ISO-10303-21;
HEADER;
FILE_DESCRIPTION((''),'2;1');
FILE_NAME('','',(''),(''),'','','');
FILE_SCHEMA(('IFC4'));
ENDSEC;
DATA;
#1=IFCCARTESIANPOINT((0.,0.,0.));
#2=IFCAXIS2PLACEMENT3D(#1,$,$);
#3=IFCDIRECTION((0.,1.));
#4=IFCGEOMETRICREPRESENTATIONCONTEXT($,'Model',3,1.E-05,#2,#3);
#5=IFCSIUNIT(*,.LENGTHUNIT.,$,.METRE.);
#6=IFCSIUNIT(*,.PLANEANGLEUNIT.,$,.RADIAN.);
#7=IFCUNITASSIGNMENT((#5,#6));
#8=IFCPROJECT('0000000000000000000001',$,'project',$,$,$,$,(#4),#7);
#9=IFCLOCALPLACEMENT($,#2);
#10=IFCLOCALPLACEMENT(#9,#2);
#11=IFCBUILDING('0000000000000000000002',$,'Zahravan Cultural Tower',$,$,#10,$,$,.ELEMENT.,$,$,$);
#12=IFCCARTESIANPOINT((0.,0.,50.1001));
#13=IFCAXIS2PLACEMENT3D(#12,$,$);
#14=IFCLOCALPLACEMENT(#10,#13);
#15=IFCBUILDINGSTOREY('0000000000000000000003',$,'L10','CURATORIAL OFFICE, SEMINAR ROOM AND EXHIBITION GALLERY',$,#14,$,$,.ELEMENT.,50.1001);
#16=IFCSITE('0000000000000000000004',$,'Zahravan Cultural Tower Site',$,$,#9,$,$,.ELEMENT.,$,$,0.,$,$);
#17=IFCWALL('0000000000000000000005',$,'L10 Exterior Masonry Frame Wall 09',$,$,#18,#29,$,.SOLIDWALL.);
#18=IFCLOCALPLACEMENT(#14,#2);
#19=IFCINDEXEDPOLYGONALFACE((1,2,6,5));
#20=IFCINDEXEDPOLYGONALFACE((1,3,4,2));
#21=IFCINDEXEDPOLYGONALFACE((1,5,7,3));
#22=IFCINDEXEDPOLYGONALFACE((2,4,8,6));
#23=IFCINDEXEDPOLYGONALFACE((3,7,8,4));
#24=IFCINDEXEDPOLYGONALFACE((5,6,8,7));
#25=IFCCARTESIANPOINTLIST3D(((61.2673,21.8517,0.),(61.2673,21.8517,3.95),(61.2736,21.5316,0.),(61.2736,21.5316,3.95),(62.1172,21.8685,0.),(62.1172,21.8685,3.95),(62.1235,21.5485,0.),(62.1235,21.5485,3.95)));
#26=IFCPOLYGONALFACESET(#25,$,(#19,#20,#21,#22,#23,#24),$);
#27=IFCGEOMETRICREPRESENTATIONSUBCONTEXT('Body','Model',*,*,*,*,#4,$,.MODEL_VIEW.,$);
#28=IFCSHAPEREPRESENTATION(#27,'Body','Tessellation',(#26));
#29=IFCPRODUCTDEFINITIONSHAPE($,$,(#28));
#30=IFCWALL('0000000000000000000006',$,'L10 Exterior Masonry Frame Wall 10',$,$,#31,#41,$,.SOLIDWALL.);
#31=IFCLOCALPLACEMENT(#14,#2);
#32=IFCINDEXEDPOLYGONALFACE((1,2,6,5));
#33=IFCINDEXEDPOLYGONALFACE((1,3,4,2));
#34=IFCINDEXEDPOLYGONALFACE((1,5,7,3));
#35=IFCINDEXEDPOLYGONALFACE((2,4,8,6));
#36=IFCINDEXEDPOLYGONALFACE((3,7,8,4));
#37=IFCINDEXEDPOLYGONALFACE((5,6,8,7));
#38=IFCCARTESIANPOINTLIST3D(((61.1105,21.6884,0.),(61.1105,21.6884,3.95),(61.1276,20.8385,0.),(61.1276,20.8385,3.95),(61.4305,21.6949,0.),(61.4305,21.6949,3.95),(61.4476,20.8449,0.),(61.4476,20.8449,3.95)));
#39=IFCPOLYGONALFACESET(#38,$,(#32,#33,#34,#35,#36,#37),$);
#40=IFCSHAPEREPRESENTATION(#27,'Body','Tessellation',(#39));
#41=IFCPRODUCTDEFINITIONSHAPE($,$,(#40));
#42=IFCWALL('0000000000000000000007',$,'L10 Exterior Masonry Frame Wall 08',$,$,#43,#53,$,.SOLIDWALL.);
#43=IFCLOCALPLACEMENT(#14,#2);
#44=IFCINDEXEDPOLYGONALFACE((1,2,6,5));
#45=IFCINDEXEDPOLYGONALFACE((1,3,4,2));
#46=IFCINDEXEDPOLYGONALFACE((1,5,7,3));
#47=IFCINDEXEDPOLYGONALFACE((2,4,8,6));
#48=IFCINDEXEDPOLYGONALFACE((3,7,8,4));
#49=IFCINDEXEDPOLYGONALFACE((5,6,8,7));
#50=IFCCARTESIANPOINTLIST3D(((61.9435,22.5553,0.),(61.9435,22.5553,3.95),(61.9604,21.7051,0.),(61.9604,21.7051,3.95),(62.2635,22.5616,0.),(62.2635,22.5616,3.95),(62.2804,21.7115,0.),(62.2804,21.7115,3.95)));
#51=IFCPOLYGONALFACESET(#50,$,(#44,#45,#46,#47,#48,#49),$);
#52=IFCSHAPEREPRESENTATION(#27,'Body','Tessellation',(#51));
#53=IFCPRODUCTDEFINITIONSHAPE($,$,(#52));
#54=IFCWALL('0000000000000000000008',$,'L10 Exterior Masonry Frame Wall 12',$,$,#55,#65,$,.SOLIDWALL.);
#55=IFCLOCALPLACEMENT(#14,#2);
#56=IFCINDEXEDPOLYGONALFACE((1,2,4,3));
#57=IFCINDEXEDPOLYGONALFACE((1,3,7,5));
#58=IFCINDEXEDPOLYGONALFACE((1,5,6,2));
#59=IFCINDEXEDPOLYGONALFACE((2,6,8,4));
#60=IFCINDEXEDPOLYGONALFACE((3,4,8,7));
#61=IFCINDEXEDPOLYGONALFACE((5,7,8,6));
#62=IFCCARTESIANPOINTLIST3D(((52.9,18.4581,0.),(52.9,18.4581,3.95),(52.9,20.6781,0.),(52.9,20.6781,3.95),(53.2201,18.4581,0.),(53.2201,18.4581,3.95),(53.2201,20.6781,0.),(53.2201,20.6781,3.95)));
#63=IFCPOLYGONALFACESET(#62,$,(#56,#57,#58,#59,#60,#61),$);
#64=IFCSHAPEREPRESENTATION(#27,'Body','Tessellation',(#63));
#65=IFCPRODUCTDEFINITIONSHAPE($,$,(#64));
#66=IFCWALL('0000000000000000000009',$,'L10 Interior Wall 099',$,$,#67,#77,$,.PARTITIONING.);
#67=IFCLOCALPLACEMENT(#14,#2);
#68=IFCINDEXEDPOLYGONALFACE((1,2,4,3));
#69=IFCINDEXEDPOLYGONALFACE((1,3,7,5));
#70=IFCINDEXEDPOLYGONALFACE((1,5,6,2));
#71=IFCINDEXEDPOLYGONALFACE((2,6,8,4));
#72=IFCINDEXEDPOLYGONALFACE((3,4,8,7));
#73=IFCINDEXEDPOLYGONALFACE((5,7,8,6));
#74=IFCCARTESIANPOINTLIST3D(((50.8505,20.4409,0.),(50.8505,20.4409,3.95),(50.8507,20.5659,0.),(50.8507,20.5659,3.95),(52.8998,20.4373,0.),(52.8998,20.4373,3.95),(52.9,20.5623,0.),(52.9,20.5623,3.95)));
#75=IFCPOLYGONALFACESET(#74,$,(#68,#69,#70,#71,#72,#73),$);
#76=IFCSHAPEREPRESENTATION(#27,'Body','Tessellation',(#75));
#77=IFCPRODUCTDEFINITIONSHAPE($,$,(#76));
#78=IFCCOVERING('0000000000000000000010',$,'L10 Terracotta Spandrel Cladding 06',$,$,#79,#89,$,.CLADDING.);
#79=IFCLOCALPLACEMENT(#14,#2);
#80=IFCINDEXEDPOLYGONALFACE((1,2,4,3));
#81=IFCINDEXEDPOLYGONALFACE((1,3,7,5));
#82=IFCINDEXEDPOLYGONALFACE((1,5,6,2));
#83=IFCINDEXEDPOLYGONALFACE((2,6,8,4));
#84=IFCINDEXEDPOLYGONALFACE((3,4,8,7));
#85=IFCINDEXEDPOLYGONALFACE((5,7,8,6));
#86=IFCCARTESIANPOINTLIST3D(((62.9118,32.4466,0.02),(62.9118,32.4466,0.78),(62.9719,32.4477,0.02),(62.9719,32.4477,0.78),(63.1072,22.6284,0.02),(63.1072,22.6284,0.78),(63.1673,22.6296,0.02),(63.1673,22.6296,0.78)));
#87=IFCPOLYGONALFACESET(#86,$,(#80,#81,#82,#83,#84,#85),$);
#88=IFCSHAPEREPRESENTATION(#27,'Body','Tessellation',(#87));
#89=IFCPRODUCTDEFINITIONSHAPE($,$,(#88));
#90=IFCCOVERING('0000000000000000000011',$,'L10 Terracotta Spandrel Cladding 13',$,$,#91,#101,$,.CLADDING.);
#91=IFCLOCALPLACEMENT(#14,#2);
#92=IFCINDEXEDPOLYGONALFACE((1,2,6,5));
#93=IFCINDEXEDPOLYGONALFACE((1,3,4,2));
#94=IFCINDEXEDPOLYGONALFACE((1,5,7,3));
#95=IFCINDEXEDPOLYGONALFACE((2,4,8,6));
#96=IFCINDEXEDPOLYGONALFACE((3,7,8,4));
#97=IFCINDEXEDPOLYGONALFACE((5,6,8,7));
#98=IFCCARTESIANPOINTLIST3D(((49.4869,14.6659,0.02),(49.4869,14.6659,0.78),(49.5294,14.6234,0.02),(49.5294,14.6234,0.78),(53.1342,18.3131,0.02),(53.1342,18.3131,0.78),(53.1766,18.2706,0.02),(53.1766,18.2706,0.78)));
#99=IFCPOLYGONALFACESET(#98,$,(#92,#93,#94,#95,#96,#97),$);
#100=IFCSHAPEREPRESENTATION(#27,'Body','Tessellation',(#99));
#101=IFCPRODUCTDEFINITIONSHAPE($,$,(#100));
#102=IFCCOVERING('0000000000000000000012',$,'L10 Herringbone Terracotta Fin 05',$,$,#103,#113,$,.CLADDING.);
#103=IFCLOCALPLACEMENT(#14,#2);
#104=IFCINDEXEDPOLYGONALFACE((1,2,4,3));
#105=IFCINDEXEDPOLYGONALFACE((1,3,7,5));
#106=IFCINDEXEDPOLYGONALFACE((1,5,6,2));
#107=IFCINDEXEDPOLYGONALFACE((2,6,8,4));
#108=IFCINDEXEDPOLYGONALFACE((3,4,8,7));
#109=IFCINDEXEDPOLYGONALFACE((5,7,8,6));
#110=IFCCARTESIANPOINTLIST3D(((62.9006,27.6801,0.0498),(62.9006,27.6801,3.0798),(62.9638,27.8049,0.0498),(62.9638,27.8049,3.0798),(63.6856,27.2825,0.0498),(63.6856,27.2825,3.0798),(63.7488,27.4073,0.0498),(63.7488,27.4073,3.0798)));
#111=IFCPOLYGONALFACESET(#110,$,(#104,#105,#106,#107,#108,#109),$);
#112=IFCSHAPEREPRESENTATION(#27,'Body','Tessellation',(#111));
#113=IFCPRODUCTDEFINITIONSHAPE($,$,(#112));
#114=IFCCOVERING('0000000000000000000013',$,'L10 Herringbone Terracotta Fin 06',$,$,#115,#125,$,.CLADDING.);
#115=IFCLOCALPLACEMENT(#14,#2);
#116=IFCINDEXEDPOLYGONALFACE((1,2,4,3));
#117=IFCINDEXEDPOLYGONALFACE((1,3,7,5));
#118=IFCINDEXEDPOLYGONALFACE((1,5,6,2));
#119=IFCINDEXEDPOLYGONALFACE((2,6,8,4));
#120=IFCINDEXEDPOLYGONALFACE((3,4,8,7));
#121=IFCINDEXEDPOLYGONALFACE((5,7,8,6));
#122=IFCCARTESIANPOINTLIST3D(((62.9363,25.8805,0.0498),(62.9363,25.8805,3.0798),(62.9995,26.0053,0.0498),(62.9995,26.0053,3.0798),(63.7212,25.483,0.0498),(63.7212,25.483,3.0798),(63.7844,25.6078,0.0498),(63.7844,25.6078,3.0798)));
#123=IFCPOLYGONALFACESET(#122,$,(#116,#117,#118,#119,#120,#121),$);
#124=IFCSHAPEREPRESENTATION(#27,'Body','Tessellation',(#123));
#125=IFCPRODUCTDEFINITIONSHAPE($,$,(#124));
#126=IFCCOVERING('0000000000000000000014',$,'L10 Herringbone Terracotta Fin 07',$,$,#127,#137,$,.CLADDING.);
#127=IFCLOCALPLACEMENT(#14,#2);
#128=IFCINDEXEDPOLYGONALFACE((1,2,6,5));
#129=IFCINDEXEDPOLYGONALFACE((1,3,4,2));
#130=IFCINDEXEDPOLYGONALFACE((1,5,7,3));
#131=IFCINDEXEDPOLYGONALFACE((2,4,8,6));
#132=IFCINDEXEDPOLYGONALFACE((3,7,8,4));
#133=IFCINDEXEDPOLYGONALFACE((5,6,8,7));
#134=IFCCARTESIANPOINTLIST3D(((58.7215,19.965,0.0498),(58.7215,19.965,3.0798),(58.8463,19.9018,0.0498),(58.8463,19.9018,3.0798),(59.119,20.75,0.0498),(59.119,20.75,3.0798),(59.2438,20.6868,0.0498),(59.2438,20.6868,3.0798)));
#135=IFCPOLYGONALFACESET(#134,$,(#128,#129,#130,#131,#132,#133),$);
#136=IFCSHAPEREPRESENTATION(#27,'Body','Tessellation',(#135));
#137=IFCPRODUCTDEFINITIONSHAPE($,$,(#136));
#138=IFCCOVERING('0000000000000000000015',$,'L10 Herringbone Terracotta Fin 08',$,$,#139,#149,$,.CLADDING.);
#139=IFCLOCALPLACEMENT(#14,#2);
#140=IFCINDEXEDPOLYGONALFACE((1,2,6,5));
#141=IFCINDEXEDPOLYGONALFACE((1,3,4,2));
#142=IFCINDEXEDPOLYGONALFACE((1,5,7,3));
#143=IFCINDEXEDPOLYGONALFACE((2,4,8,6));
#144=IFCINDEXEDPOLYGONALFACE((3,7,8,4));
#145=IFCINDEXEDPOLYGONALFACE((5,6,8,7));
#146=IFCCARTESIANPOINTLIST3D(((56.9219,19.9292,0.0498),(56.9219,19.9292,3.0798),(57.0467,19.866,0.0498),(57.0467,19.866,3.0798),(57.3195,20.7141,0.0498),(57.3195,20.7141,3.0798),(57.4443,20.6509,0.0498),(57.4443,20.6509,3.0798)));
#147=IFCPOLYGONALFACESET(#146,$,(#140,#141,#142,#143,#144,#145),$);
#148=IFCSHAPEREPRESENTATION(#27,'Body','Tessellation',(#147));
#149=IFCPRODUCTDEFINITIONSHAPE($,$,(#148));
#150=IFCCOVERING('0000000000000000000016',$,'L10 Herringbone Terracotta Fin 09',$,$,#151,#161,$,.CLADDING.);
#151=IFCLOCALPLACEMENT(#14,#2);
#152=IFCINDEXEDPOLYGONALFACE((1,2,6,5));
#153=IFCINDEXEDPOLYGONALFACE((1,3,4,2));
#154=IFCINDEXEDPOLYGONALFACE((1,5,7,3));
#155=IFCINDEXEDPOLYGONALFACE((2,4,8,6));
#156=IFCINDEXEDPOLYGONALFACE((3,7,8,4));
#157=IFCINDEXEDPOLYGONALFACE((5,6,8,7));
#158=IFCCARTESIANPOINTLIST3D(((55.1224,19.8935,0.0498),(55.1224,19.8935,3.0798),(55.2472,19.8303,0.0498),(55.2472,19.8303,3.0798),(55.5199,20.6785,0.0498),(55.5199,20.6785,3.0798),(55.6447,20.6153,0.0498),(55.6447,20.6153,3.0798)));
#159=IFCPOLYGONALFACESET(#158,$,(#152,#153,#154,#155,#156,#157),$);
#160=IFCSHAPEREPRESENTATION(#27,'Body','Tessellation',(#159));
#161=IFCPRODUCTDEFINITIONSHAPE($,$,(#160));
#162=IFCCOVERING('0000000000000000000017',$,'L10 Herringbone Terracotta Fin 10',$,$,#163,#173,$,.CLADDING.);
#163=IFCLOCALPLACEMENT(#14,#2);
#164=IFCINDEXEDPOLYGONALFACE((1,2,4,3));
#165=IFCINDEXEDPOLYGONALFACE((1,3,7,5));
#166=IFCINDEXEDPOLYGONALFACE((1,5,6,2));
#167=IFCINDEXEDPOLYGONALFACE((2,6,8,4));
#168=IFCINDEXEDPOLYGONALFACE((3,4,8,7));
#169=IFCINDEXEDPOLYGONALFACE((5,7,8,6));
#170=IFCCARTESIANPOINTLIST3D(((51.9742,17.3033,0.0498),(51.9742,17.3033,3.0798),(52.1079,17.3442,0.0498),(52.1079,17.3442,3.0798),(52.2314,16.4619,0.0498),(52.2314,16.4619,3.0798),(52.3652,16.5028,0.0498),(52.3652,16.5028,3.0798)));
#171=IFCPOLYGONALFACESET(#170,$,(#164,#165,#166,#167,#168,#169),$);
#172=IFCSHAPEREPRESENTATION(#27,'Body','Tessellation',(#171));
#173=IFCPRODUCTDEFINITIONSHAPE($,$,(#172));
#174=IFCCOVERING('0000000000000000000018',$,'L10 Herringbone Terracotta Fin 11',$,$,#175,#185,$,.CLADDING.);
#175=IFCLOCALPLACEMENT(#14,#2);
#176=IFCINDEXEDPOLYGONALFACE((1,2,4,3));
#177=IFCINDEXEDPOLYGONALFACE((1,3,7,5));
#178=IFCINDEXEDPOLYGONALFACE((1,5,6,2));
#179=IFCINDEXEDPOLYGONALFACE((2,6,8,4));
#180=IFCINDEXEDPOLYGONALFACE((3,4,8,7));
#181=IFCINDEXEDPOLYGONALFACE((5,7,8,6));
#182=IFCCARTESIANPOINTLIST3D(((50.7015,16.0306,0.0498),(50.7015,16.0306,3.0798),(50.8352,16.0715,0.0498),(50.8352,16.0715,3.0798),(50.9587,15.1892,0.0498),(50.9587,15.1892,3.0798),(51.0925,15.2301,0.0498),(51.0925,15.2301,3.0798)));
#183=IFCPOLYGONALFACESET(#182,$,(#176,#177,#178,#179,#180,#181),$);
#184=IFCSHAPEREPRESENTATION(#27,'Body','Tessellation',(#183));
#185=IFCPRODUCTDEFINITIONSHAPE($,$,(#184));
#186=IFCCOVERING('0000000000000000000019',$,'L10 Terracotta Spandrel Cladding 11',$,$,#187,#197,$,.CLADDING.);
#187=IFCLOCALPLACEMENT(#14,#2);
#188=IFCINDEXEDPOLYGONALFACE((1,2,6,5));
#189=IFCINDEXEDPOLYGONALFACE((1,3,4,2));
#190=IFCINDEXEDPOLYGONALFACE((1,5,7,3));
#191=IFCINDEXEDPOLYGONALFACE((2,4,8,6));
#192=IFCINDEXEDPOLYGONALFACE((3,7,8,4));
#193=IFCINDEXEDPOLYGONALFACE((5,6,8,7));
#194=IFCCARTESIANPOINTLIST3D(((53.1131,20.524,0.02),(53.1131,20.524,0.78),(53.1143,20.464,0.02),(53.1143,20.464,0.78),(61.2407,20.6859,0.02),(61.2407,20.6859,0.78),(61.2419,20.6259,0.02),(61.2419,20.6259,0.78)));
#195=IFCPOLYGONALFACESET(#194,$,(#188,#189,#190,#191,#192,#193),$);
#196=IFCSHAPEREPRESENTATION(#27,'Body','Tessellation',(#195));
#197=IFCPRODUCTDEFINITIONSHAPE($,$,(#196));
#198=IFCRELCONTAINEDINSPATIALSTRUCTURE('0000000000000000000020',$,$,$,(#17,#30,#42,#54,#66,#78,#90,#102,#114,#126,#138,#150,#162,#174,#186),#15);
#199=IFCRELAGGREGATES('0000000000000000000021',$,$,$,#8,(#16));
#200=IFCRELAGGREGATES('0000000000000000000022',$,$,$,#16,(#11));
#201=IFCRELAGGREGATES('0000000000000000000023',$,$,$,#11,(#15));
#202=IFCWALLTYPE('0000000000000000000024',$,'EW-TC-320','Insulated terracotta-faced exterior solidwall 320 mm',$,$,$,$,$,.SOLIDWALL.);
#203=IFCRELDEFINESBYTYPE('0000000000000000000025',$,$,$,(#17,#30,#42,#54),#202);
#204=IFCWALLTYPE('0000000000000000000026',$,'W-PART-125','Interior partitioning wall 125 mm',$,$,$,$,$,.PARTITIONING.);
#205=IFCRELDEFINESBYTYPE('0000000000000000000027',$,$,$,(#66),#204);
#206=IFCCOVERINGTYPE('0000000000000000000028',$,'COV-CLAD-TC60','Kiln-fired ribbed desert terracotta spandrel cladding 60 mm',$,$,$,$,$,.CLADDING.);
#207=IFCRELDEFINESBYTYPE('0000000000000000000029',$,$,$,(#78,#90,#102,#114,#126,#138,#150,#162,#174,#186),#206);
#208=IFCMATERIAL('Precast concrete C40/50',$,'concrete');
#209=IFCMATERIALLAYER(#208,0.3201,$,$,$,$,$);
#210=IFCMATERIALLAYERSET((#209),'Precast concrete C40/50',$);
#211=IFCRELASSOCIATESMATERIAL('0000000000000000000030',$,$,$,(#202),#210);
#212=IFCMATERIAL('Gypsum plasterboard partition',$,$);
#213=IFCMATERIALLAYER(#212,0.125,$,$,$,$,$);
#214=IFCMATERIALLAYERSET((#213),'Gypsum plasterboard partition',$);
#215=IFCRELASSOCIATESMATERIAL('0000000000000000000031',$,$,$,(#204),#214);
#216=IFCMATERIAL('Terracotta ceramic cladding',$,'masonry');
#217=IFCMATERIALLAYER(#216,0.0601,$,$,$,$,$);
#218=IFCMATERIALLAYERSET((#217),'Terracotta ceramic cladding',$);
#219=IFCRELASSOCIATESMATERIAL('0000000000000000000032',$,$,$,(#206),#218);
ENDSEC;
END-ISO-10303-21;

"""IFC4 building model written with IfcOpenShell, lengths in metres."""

from ifc_helpers import new_model, si_unit, direction, frame, frame_2d, origin, origin_2d, place, context, subcontext, project, spatial, rectangle, extrude, source, transform, mapped, material, layer, layer_set, type_object, element, save


model = new_model("IFC4")

# Units and contexts
model_context = context("Model", 3, precision=1e-05, world=origin(), true_north=direction((0.0, 1.0)))
body_context = subcontext(model_context, "Body", "Model", "MODEL_VIEW")
ifc_project = project(units=[si_unit("LENGTHUNIT", "METRE"), si_unit("PLANEANGLEUNIT", "RADIAN")], contexts=[model_context])

# Site, building, storey
site_placement = place(None, origin())
site = spatial("IfcSite", under=ifc_project, at=site_placement, Name="Zahravan Cultural Tower Site", CompositionType="ELEMENT", RefElevation=0.0)
building_placement = place(site_placement, origin())
building = spatial("IfcBuilding", under=site, at=building_placement, Name="Zahravan Cultural Tower", CompositionType="ELEMENT")
storey_placement = place(building_placement, frame((0.0, 0.0, 50.1001)))
storey = spatial("IfcBuildingStorey", under=building, at=storey_placement, Name="L10", Description="CURATORIAL OFFICE, SEMINAR ROOM AND EXHIBITION GALLERY", CompositionType="ELEMENT", Elevation=50.1001)

# Shared definitions
ifc_material_1 = material(Name="Precast concrete C40/50", Category="concrete")
ifc_layer_1 = layer(ifc_material_1, 0.3201)
ifc_layer_set_1 = layer_set([ifc_layer_1], Name="Precast concrete C40/50")
wall_type_1 = type_object("IfcWallType", Name="EW-TC-320", Description="Insulated terracotta-faced exterior solidwall 320 mm", PredefinedType="SOLIDWALL", material=ifc_layer_set_1)

# Shared definitions
ifc_material_2 = material(Name="Gypsum plasterboard partition")
ifc_layer_2 = layer(ifc_material_2, 0.125)
ifc_layer_set_2 = layer_set([ifc_layer_2], Name="Gypsum plasterboard partition")
wall_type_2 = type_object("IfcWallType", Name="W-PART-125", Description="Interior partitioning wall 125 mm", PredefinedType="PARTITIONING", material=ifc_layer_set_2)

# Walls
shared_shape_1 = source(origin(), body_context, "Body", "SweptSolid", [
    extrude(rectangle(XDim=0.8501, YDim=0.3201, at=frame_2d((0.425, 0.0))), origin(), (0.0, 0.0, 1.0), 3.95),
])
for number, where, z_axis, x_axis, name in (
    (1, (62.1204, 21.7085, 0.0), (0.0, 0.0, 1.0), (-0.999804, -0.019818, 0.0), "L10 Exterior Masonry Frame Wall 09"),
    (2, (61.2705, 21.6917, 0.0), (0.0, 0.0, 1.0), (0.020105, -0.999798, 0.0), "L10 Exterior Masonry Frame Wall 10"),
):
    element("IfcWall", number, at=place(storey_placement, frame(where, z_axis=z_axis, x_axis=x_axis)), inside=storey, type_object=wall_type_1, Name=name, PredefinedType="SOLIDWALL", context=body_context, shape_type="MappedRepresentation", body=[
        mapped(shared_shape_1, transform((0.0, 0.0, 0.0), x_axis=(1.0, 0.0, 0.0), y_axis=(0.0, 1.0, 0.0), z_axis=(0.0, 0.0, 1.0), scale=1.0)),
    ])
shared_shape_2 = source(origin(), body_context, "Body", "SweptSolid", [
    extrude(rectangle(XDim=0.8503, YDim=0.3201, at=frame_2d((0.4253, 0.0))), origin(), (0.0, 0.0, 1.0), 3.95),
])
wall_1_placement = place(storey_placement, frame((62.1035, 22.5586, 0.0), z_axis=(0.0, 0.0, 1.0), x_axis=(0.019812, -0.999804, 0.0)))
element("IfcWall", 3, at=wall_1_placement, inside=storey, type_object=wall_type_1, Name="L10 Exterior Masonry Frame Wall 08", PredefinedType="SOLIDWALL", context=body_context, shape_type="MappedRepresentation", body=[
    mapped(shared_shape_2, transform((0.0, 0.0, 0.0), x_axis=(1.0, 0.0, 0.0), y_axis=(0.0, 1.0, 0.0), z_axis=(0.0, 0.0, 1.0), scale=1.0)),
])
shared_shape_3 = source(origin(), body_context, "Body", "SweptSolid", [
    extrude(rectangle(XDim=2.22, YDim=0.3201, at=frame_2d((1.1099, 0.0))), origin(), (0.0, 0.0, 1.0), 3.95),
])
wall_2_placement = place(storey_placement, frame((53.0601, 20.678, 0.0), z_axis=(0.0, 0.0, 1.0), x_axis=(0.0, -1.0, 0.0)))
element("IfcWall", 4, at=wall_2_placement, inside=storey, type_object=wall_type_1, Name="L10 Exterior Masonry Frame Wall 12", PredefinedType="SOLIDWALL", context=body_context, shape_type="MappedRepresentation", body=[
    mapped(shared_shape_3, transform((0.0, 0.0, 0.0), x_axis=(1.0, 0.0, 0.0), y_axis=(0.0, 1.0, 0.0), z_axis=(0.0, 0.0, 1.0), scale=1.0)),
])
shared_shape_4 = source(origin(), body_context, "Body", "SweptSolid", [
    extrude(rectangle(XDim=2.0493, YDim=0.125, at=frame_2d((1.0247, 0.0))), origin(), (0.0, 0.0, 1.0), 3.95),
])
wall_3_placement = place(storey_placement, frame((50.8506, 20.5034, 0.0), z_axis=(0.0, 0.0, 1.0), x_axis=(0.999998, -0.001787, 0.0)))
element("IfcWall", 5, at=wall_3_placement, inside=storey, type_object=wall_type_2, Name="L10 Interior Wall 099", PredefinedType="PARTITIONING", context=body_context, shape_type="MappedRepresentation", body=[
    mapped(shared_shape_4, transform((0.0, 0.0, 0.0), x_axis=(1.0, 0.0, 0.0), y_axis=(0.0, 1.0, 0.0), z_axis=(0.0, 0.0, 1.0), scale=1.0)),
])

# Coverings
ifc_material_3 = material(Name="Terracotta ceramic cladding", Category="masonry")
ifc_layer_3 = layer(ifc_material_3, 0.0601)
ifc_layer_set_3 = layer_set([ifc_layer_3], Name="Terracotta ceramic cladding")
covering_type = type_object("IfcCoveringType", Name="COV-CLAD-TC60", Description="Kiln-fired ribbed desert terracotta spandrel cladding 60 mm", PredefinedType="CLADDING", material=ifc_layer_set_3)
shared_shape_5 = source(origin(), body_context, "Body", "SweptSolid", [
    extrude(rectangle(XDim=9.8201, YDim=0.0601, at=origin_2d()), origin(), (0.0, 0.0, 1.0), 0.76),
])
covering_1_placement = place(storey_placement, frame((63.0396, 27.5381, 0.02), z_axis=(0.0, 0.0, 1.0), x_axis=(0.019895, -0.999802, 0.0)))
element("IfcCovering", 6, at=covering_1_placement, inside=storey, type_object=covering_type, Name="L10 Terracotta Spandrel Cladding 06", PredefinedType="CLADDING", context=body_context, shape_type="MappedRepresentation", body=[
    mapped(shared_shape_5, transform((0.0, 0.0, 0.0), x_axis=(1.0, 0.0, 0.0), y_axis=(0.0, 1.0, 0.0), z_axis=(0.0, 0.0, 1.0), scale=1.0)),
])
shared_shape_6 = source(origin(), body_context, "Body", "SweptSolid", [
    extrude(rectangle(XDim=5.158, YDim=0.0601, at=origin_2d()), origin(), (0.0, 0.0, 1.0), 0.76),
])
covering_2_placement = place(storey_placement, frame((51.3318, 16.4683, 0.02), z_axis=(0.0, 0.0, 1.0), x_axis=(-0.707107, -0.707107, 0.0)))
element("IfcCovering", 7, at=covering_2_placement, inside=storey, type_object=covering_type, Name="L10 Terracotta Spandrel Cladding 13", PredefinedType="CLADDING", context=body_context, shape_type="MappedRepresentation", body=[
    mapped(shared_shape_6, transform((0.0, 0.0, 0.0), x_axis=(1.0, 0.0, 0.0), y_axis=(0.0, 1.0, 0.0), z_axis=(0.0, 0.0, 1.0), scale=1.0)),
])
shared_shape_7 = source(origin(), body_context, "Body", "SweptSolid", [
    extrude(rectangle(XDim=0.8799, YDim=0.1399, at=origin_2d()), origin(), (0.0, 0.0, 1.0), 3.03),
])
for number, where, z_axis, x_axis, name in (
    (8, (63.3247, 27.5437, 0.0498), (0.0, 0.0, 1.0), (0.892113, -0.451812, 0.0), "L10 Herringbone Terracotta Fin 05"),
    (9, (63.3604, 25.7441, 0.0498), (0.0, 0.0, 1.0), (0.892113, -0.451812, 0.0), "L10 Herringbone Terracotta Fin 06"),
    (10, (58.9827, 20.3259, 0.0498), (0.0, 0.0, 1.0), (-0.451796, -0.892121, 0.0), "L10 Herringbone Terracotta Fin 07"),
    (11, (57.1831, 20.29, 0.0498), (0.0, 0.0, 1.0), (-0.451796, -0.892121, 0.0), "L10 Herringbone Terracotta Fin 08"),
    (12, (55.3835, 20.2544, 0.0498), (0.0, 0.0, 1.0), (-0.451796, -0.892121, 0.0), "L10 Herringbone Terracotta Fin 09"),
    (13, (52.1697, 16.9031, 0.0498), (0.0, 0.0, 1.0), (0.292372, -0.956305, 0.0), "L10 Herringbone Terracotta Fin 10"),
    (14, (50.897, 15.6304, 0.0498), (0.0, 0.0, 1.0), (0.292372, -0.956305, 0.0), "L10 Herringbone Terracotta Fin 11"),
):
    element("IfcCovering", number, at=place(storey_placement, frame(where, z_axis=z_axis, x_axis=x_axis)), inside=storey, type_object=covering_type, Name=name, PredefinedType="CLADDING", context=body_context, shape_type="MappedRepresentation", body=[
        mapped(shared_shape_7, transform((0.0, 0.0, 0.0), x_axis=(1.0, 0.0, 0.0), y_axis=(0.0, 1.0, 0.0), z_axis=(0.0, 0.0, 1.0), scale=1.0)),
    ])
shared_shape_8 = source(origin(), body_context, "Body", "SweptSolid", [
    extrude(rectangle(XDim=8.1292, YDim=0.0601, at=origin_2d()), origin(), (0.0, 0.0, 1.0), 0.76),
])
covering_3_placement = place(storey_placement, frame((57.1775, 20.575, 0.02), z_axis=(0.0, 0.0, 1.0), x_axis=(-0.999802, -0.019913, 0.0)))
element("IfcCovering", 15, at=covering_3_placement, inside=storey, type_object=covering_type, Name="L10 Terracotta Spandrel Cladding 11", PredefinedType="CLADDING", context=body_context, shape_type="MappedRepresentation", body=[
    mapped(shared_shape_8, transform((0.0, 0.0, 0.0), x_axis=(1.0, 0.0, 0.0), y_axis=(0.0, 1.0, 0.0), z_axis=(0.0, 0.0, 1.0), scale=1.0)),
])

save(model, "model.ifc")
